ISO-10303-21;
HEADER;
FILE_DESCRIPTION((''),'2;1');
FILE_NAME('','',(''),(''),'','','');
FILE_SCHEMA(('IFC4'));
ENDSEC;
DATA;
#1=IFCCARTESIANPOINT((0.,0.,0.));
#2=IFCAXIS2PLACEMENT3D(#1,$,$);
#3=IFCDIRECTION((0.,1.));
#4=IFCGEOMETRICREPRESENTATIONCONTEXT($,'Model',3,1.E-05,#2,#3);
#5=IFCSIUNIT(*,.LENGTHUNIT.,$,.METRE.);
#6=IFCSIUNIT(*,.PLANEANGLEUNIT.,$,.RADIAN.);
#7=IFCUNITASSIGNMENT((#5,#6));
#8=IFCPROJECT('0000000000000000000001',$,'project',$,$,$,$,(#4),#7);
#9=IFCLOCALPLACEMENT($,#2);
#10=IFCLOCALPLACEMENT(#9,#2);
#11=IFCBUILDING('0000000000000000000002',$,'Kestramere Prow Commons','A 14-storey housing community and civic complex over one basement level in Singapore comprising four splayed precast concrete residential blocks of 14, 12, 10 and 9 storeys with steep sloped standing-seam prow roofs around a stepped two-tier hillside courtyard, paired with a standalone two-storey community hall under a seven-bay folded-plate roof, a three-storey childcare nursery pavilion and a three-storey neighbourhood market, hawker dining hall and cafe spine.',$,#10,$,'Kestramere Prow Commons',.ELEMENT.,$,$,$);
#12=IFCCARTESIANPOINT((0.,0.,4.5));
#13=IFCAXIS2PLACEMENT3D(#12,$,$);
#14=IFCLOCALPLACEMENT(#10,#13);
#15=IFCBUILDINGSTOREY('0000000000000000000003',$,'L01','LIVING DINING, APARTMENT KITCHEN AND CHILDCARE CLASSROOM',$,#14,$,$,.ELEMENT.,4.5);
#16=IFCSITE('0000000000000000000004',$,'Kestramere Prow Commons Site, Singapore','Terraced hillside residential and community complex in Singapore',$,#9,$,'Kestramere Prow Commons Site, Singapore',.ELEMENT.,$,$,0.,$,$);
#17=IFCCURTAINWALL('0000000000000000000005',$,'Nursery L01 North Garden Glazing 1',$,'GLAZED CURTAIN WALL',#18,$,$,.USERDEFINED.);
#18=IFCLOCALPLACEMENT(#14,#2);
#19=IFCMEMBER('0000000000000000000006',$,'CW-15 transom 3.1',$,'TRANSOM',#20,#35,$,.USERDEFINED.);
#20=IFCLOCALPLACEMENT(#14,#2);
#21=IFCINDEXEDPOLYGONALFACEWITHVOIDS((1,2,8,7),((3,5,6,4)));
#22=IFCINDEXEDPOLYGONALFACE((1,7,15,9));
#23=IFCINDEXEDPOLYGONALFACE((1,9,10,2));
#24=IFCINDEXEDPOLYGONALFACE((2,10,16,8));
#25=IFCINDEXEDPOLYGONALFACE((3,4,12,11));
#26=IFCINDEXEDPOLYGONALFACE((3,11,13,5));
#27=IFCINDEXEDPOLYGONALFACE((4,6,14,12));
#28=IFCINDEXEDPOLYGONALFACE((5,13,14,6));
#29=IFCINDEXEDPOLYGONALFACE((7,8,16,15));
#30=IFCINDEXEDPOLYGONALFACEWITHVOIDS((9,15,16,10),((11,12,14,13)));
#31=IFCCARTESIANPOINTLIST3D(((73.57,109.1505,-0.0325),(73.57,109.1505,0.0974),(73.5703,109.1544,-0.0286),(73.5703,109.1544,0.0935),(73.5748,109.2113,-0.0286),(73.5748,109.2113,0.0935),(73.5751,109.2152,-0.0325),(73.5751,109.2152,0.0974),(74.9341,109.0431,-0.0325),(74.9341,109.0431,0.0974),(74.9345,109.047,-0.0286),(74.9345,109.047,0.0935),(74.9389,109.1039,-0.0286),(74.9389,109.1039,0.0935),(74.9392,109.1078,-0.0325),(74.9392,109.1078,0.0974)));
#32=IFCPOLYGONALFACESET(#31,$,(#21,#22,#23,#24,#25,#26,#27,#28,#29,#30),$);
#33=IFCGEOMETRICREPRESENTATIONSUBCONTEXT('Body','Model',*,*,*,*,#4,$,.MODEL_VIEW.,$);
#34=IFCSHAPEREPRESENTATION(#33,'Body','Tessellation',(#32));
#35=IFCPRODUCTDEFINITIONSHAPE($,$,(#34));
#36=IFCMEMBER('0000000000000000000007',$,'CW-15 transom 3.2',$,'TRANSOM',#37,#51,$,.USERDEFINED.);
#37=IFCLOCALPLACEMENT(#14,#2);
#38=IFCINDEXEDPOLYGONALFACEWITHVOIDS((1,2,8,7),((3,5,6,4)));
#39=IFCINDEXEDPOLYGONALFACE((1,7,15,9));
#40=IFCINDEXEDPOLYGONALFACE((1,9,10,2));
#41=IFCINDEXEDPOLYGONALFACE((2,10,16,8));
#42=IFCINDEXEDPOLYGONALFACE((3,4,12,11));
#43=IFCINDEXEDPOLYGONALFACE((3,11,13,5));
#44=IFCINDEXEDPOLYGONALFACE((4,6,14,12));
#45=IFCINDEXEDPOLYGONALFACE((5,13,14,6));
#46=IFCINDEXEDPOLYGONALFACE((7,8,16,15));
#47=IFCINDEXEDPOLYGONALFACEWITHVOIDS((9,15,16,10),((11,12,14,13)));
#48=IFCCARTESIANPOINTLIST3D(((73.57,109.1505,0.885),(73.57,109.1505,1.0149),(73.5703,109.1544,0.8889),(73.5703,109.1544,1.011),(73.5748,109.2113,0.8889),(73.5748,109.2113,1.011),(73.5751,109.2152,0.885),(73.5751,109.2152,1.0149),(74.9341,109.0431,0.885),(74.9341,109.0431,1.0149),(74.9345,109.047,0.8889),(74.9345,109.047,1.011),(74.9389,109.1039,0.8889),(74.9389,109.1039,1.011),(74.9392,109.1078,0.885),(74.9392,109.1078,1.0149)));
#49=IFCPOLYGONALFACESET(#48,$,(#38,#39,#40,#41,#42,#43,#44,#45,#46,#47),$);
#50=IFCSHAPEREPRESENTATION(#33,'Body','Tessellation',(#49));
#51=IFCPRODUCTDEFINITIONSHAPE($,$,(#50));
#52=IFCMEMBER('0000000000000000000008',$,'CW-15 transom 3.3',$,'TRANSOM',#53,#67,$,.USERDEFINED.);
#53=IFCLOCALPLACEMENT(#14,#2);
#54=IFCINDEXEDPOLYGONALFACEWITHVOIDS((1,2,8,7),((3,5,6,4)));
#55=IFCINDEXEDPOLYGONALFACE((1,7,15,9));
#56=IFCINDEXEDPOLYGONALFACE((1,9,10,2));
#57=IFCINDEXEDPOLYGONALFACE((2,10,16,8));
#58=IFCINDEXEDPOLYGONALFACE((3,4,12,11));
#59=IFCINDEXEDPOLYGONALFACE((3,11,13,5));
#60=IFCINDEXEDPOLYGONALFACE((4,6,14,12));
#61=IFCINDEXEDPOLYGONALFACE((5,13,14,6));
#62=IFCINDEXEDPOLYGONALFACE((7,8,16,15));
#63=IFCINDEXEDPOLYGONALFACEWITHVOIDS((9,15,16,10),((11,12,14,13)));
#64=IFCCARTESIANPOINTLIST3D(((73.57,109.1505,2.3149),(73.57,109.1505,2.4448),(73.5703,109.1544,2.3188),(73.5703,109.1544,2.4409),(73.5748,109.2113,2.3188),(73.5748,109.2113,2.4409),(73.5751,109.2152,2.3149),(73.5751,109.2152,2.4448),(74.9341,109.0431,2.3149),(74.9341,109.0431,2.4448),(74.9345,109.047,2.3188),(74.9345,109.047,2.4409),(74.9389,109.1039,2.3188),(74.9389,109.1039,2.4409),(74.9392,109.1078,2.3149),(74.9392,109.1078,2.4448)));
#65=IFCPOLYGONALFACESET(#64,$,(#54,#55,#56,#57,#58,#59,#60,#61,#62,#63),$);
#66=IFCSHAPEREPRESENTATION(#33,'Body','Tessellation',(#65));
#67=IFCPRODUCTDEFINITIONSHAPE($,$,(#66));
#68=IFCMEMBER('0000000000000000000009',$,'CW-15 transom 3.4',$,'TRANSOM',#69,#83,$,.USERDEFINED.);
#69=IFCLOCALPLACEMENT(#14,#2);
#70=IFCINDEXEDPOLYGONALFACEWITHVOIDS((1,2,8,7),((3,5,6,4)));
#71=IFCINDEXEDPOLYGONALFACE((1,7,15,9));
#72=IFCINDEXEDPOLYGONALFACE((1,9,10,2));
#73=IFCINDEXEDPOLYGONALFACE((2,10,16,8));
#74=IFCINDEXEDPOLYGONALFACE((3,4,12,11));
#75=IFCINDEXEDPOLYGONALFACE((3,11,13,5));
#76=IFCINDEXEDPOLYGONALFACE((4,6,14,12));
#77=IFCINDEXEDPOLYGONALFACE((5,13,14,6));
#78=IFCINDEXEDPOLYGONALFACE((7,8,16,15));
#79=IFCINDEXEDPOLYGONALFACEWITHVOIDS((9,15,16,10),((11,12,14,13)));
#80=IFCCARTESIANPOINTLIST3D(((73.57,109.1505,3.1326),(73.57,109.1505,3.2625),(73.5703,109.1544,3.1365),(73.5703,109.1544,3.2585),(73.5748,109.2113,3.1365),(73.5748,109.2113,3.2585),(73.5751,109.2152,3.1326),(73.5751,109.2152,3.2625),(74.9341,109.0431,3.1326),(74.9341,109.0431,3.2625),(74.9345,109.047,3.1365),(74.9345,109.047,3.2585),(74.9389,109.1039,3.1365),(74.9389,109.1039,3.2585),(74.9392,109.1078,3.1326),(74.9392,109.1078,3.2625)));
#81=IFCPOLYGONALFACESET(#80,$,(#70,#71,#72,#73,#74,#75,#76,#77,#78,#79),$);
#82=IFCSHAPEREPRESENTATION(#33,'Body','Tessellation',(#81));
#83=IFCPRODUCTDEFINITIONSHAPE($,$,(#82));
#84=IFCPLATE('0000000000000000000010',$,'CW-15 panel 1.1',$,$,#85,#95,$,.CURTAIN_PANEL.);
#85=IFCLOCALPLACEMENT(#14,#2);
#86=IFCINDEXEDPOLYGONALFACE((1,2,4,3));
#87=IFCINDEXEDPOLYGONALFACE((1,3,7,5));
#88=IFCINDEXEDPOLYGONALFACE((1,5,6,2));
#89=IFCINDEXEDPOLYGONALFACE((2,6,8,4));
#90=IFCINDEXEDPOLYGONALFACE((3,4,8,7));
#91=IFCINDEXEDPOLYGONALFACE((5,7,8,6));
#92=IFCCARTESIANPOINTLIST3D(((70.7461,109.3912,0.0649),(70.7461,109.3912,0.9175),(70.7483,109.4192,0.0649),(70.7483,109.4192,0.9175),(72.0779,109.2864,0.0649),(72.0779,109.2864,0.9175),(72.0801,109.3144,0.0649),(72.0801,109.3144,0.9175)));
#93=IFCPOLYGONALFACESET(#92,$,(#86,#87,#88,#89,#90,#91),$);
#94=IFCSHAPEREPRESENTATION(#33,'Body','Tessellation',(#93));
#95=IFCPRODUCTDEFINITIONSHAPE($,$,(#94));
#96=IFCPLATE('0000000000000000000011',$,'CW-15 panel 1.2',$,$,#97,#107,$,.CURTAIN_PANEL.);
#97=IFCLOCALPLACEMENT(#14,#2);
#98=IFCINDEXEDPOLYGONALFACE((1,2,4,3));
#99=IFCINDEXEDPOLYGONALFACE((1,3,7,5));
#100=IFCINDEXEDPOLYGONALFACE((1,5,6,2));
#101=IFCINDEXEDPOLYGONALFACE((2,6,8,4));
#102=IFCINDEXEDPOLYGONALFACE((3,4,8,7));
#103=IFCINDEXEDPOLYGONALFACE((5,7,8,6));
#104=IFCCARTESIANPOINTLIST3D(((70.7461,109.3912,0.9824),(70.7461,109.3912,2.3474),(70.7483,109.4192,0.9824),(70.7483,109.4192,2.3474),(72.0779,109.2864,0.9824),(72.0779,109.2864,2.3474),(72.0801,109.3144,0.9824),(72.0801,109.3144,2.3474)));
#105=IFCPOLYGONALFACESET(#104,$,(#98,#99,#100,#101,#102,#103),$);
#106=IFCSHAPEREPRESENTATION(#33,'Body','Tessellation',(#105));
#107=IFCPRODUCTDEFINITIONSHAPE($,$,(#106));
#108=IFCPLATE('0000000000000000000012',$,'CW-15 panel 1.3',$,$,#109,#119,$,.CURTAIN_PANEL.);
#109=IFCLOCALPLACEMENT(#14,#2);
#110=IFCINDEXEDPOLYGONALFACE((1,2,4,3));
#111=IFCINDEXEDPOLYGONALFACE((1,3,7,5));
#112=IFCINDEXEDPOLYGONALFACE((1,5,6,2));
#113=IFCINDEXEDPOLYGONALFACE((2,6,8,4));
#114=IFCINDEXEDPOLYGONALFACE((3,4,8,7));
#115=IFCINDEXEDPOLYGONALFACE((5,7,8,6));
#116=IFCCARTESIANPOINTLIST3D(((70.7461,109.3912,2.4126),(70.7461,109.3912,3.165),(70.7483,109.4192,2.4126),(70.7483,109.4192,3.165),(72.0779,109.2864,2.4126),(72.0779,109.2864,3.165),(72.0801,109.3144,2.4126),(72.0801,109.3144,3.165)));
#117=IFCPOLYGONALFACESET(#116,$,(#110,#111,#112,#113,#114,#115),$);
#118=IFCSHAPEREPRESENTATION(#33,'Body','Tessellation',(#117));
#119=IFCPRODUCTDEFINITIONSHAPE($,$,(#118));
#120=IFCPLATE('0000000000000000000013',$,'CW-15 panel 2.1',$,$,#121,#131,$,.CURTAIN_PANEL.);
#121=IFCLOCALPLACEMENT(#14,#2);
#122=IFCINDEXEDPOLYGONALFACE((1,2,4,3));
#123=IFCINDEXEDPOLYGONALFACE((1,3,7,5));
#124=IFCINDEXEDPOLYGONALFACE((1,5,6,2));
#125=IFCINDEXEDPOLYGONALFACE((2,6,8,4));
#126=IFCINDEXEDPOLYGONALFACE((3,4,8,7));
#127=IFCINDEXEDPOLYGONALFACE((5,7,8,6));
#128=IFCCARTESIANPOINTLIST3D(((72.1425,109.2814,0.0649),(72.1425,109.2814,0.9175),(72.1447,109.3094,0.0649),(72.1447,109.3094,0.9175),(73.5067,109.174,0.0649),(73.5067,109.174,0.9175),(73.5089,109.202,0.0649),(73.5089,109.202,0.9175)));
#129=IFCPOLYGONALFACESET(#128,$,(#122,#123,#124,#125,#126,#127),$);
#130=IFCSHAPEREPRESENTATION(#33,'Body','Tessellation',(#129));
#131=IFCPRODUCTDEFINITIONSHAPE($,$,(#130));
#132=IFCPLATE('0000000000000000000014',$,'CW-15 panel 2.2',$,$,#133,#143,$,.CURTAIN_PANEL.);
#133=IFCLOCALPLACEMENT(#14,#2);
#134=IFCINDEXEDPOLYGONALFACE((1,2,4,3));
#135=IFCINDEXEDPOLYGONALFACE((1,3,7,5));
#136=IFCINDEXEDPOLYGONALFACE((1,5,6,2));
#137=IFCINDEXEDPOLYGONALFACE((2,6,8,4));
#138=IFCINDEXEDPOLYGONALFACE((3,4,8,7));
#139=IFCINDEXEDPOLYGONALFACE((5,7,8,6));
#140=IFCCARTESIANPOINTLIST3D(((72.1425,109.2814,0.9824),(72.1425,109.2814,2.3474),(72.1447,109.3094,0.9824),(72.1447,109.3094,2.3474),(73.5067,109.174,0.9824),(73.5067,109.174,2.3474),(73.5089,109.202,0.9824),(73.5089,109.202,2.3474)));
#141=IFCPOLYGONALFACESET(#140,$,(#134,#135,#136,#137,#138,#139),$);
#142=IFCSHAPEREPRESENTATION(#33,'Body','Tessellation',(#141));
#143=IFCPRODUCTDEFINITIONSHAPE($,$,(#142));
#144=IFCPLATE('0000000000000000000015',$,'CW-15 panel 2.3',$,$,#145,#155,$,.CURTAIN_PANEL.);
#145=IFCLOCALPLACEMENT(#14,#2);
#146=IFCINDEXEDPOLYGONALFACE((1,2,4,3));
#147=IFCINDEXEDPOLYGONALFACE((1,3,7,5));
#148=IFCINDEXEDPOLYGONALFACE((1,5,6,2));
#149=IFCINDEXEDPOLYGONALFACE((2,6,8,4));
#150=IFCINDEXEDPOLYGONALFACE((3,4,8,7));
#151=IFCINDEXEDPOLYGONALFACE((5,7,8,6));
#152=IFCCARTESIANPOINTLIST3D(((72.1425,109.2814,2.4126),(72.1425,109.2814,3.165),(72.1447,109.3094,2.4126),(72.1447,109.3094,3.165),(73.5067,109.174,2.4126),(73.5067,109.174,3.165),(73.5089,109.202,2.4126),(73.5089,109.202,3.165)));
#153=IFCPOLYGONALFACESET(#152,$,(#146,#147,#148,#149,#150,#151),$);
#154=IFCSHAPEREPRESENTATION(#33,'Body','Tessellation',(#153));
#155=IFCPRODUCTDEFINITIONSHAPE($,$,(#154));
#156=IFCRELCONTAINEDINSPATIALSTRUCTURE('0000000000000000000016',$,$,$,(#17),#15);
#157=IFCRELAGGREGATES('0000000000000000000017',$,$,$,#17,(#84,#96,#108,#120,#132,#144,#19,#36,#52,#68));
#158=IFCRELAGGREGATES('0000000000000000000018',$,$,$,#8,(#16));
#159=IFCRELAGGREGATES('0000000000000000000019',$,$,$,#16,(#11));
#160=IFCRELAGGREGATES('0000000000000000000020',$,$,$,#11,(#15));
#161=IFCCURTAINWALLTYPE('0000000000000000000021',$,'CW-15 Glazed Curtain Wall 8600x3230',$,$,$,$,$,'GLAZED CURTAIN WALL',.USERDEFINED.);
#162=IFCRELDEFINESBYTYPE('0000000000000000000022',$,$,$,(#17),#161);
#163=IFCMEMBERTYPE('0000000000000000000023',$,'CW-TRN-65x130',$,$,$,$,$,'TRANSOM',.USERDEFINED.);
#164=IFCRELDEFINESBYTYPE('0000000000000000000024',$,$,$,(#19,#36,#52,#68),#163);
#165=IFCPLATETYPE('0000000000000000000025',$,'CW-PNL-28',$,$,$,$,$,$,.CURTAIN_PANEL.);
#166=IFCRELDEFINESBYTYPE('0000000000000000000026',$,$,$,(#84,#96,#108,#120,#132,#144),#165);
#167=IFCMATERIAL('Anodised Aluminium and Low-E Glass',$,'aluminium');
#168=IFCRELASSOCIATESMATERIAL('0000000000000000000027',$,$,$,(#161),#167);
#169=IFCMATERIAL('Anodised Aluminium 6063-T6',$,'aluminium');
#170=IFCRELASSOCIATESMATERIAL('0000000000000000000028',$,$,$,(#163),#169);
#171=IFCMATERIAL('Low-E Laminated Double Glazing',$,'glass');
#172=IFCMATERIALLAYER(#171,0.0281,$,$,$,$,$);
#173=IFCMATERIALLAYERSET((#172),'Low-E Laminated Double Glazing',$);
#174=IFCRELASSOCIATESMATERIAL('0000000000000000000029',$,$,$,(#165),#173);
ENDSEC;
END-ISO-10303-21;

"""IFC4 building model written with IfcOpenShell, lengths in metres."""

from ifc_helpers import new_model, si_unit, direction, frame, origin, origin_2d, place, context, subcontext, project, spatial, rectangle, hollow_rectangle, extrude, material, layer, layer_set, material_profile, profile_set, type_object, element, aggregate, save


model = new_model("IFC4")

# Units and contexts
model_context = context("Model", 3, precision=1e-05, world=origin(), true_north=direction((0.0, 1.0)))
body_context = subcontext(model_context, "Body", "Model", "MODEL_VIEW")
ifc_project = project(units=[si_unit("LENGTHUNIT", "METRE"), si_unit("PLANEANGLEUNIT", "RADIAN")], contexts=[model_context])

# Site, building, storey
site_placement = place(None, origin())
site = spatial("IfcSite", under=ifc_project, at=site_placement, Name="Kestramere Prow Commons Site, Singapore", Description="Terraced hillside residential and community complex in Singapore", LongName="Kestramere Prow Commons Site, Singapore", CompositionType="ELEMENT", RefElevation=0.0)
building_placement = place(site_placement, origin())
building = spatial("IfcBuilding", under=site, at=building_placement, Name="Kestramere Prow Commons", Description="A 14-storey housing community and civic complex over one basement level in Singapore comprising four splayed precast concrete residential blocks of 14, 12, 10 and 9 storeys with steep sloped standing-seam prow roofs around a stepped two-tier hillside courtyard, paired with a standalone two-storey community hall under a seven-bay folded-plate roof, a three-storey childcare nursery pavilion and a three-storey neighbourhood market, hawker dining hall and cafe spine.", LongName="Kestramere Prow Commons", CompositionType="ELEMENT")
storey_placement = place(building_placement, frame((0.0, 0.0, 4.5)))
storey = spatial("IfcBuildingStorey", under=building, at=storey_placement, Name="L01", Description="LIVING DINING, APARTMENT KITCHEN AND CHILDCARE CLASSROOM", CompositionType="ELEMENT", Elevation=4.5)

# Curtain wall, members, plates
ifc_material_1 = material(Name="Anodised Aluminium and Low-E Glass", Category="aluminium")
curtain_wall_type = type_object("IfcCurtainWallType", Name="CW-15 Glazed Curtain Wall 8600x3230", ElementType="GLAZED CURTAIN WALL", PredefinedType="USERDEFINED", material=ifc_material_1)
curtain_wall_placement = place(storey_placement, origin())
curtain_wall = element("IfcCurtainWall", 1, at=curtain_wall_placement, inside=storey, type_object=curtain_wall_type, Name="Nursery L01 North Garden Glazing 1", ObjectType="GLAZED CURTAIN WALL", PredefinedType="USERDEFINED")
ifc_material_2 = material(Name="Anodised Aluminium 6063-T6", Category="aluminium")
ifc_material_profile_1 = material_profile(ifc_material_2, hollow_rectangle(XDim=0.0649, YDim=0.1299, WallThickness=0.0039, at=origin_2d()), Name="ALU-TRN 65x130")
ifc_profile_set_1 = profile_set([ifc_material_profile_1], Name="Anodised Aluminium 6063-T6")
member_type_1 = type_object("IfcMemberType", Name="CW-TRN-65x130", ElementType="TRANSOM", PredefinedType="USERDEFINED", material=ifc_profile_set_1)
member_1_placement = place(storey_placement, frame((73.5725, 109.1829, 0.0325), z_axis=(0.996914, -0.078497, 0.0), x_axis=(0.078497, 0.996914, 0.0)))
member_1 = element("IfcMember", 2, at=member_1_placement, type_object=member_type_1, Name="CW-15 transom 3.1", ObjectType="TRANSOM", PredefinedType="USERDEFINED", context=body_context, shape_type="SweptSolid", body=[
    extrude(hollow_rectangle(XDim=0.0649, YDim=0.1299, WallThickness=0.0039, at=origin_2d()), origin(), (0.0, 0.0, 1.0), 1.3684),
])
member_2_placement = place(storey_placement, frame((73.5725, 109.1829, 0.95), z_axis=(0.996914, -0.078497, 0.0), x_axis=(0.078497, 0.996914, 0.0)))
member_2 = element("IfcMember", 3, at=member_2_placement, type_object=member_type_1, Name="CW-15 transom 3.2", ObjectType="TRANSOM", PredefinedType="USERDEFINED", context=body_context, shape_type="SweptSolid", body=[
    extrude(hollow_rectangle(XDim=0.0649, YDim=0.1299, WallThickness=0.0039, at=origin_2d()), origin(), (0.0, 0.0, 1.0), 1.3684),
])
member_3_placement = place(storey_placement, frame((73.5725, 109.1829, 2.3799), z_axis=(0.996914, -0.078497, 0.0), x_axis=(0.078497, 0.996914, 0.0)))
member_3 = element("IfcMember", 4, at=member_3_placement, type_object=member_type_1, Name="CW-15 transom 3.3", ObjectType="TRANSOM", PredefinedType="USERDEFINED", context=body_context, shape_type="SweptSolid", body=[
    extrude(hollow_rectangle(XDim=0.0649, YDim=0.1299, WallThickness=0.0039, at=origin_2d()), origin(), (0.0, 0.0, 1.0), 1.3684),
])
member_4_placement = place(storey_placement, frame((73.5725, 109.1829, 3.1975), z_axis=(0.996914, -0.078497, 0.0), x_axis=(0.078497, 0.996914, 0.0)))
member_4 = element("IfcMember", 5, at=member_4_placement, type_object=member_type_1, Name="CW-15 transom 3.4", ObjectType="TRANSOM", PredefinedType="USERDEFINED", context=body_context, shape_type="SweptSolid", body=[
    extrude(hollow_rectangle(XDim=0.0649, YDim=0.1299, WallThickness=0.0039, at=origin_2d()), origin(), (0.0, 0.0, 1.0), 1.3684),
])
ifc_material_3 = material(Name="Low-E Laminated Double Glazing", Category="glass")
ifc_layer = layer(ifc_material_3, 0.0281)
ifc_layer_set = layer_set([ifc_layer], Name="Low-E Laminated Double Glazing")
plate_type = type_object("IfcPlateType", Name="CW-PNL-28", PredefinedType="CURTAIN_PANEL", material=ifc_layer_set)
plate_1_placement = place(storey_placement, frame((71.4131, 109.3528, 0.0649), z_axis=(0.0, 0.0, 1.0), x_axis=(0.996917, -0.078459, 0.0)))
plate_1 = element("IfcPlate", 6, at=plate_1_placement, type_object=plate_type, Name="CW-15 panel 1.1", PredefinedType="CURTAIN_PANEL", context=body_context, shape_type="SweptSolid", body=[
    extrude(rectangle(XDim=1.3359, YDim=0.0281, at=origin_2d()), origin(), (0.0, 0.0, 1.0), 0.8525),
])
plate_2_placement = place(storey_placement, frame((71.4131, 109.3528, 0.9824), z_axis=(0.0, 0.0, 1.0), x_axis=(0.996917, -0.078459, 0.0)))
plate_2 = element("IfcPlate", 7, at=plate_2_placement, type_object=plate_type, Name="CW-15 panel 1.2", PredefinedType="CURTAIN_PANEL", context=body_context, shape_type="SweptSolid", body=[
    extrude(rectangle(XDim=1.3359, YDim=0.0281, at=origin_2d()), origin(), (0.0, 0.0, 1.0), 1.365),
])
plate_3_placement = place(storey_placement, frame((71.4131, 109.3528, 2.4126), z_axis=(0.0, 0.0, 1.0), x_axis=(0.996917, -0.078459, 0.0)))
plate_3 = element("IfcPlate", 8, at=plate_3_placement, type_object=plate_type, Name="CW-15 panel 1.3", PredefinedType="CURTAIN_PANEL", context=body_context, shape_type="SweptSolid", body=[
    extrude(rectangle(XDim=1.3359, YDim=0.0281, at=origin_2d()), origin(), (0.0, 0.0, 1.0), 0.7524),
])
plate_4_placement = place(storey_placement, frame((72.8257, 109.2417, 0.0649), z_axis=(0.0, 0.0, 1.0), x_axis=(0.996917, -0.078459, 0.0)))
plate_4 = element("IfcPlate", 9, at=plate_4_placement, type_object=plate_type, Name="CW-15 panel 2.1", PredefinedType="CURTAIN_PANEL", context=body_context, shape_type="SweptSolid", body=[
    extrude(rectangle(XDim=1.3684, YDim=0.0281, at=origin_2d()), origin(), (0.0, 0.0, 1.0), 0.8525),
])
plate_5_placement = place(storey_placement, frame((72.8257, 109.2417, 0.9824), z_axis=(0.0, 0.0, 1.0), x_axis=(0.996917, -0.078459, 0.0)))
plate_5 = element("IfcPlate", 10, at=plate_5_placement, type_object=plate_type, Name="CW-15 panel 2.2", PredefinedType="CURTAIN_PANEL", context=body_context, shape_type="SweptSolid", body=[
    extrude(rectangle(XDim=1.3684, YDim=0.0281, at=origin_2d()), origin(), (0.0, 0.0, 1.0), 1.365),
])
plate_6_placement = place(storey_placement, frame((72.8257, 109.2417, 2.4126), z_axis=(0.0, 0.0, 1.0), x_axis=(0.996917, -0.078459, 0.0)))
plate_6 = element("IfcPlate", 11, at=plate_6_placement, type_object=plate_type, Name="CW-15 panel 2.3", PredefinedType="CURTAIN_PANEL", context=body_context, shape_type="SweptSolid", body=[
    extrude(rectangle(XDim=1.3684, YDim=0.0281, at=origin_2d()), origin(), (0.0, 0.0, 1.0), 0.7524),
])
aggregate(curtain_wall, [plate_1, plate_2, plate_3, plate_4, plate_5, plate_6, member_1, member_2, member_3, member_4])

save(model, "model.ifc")
